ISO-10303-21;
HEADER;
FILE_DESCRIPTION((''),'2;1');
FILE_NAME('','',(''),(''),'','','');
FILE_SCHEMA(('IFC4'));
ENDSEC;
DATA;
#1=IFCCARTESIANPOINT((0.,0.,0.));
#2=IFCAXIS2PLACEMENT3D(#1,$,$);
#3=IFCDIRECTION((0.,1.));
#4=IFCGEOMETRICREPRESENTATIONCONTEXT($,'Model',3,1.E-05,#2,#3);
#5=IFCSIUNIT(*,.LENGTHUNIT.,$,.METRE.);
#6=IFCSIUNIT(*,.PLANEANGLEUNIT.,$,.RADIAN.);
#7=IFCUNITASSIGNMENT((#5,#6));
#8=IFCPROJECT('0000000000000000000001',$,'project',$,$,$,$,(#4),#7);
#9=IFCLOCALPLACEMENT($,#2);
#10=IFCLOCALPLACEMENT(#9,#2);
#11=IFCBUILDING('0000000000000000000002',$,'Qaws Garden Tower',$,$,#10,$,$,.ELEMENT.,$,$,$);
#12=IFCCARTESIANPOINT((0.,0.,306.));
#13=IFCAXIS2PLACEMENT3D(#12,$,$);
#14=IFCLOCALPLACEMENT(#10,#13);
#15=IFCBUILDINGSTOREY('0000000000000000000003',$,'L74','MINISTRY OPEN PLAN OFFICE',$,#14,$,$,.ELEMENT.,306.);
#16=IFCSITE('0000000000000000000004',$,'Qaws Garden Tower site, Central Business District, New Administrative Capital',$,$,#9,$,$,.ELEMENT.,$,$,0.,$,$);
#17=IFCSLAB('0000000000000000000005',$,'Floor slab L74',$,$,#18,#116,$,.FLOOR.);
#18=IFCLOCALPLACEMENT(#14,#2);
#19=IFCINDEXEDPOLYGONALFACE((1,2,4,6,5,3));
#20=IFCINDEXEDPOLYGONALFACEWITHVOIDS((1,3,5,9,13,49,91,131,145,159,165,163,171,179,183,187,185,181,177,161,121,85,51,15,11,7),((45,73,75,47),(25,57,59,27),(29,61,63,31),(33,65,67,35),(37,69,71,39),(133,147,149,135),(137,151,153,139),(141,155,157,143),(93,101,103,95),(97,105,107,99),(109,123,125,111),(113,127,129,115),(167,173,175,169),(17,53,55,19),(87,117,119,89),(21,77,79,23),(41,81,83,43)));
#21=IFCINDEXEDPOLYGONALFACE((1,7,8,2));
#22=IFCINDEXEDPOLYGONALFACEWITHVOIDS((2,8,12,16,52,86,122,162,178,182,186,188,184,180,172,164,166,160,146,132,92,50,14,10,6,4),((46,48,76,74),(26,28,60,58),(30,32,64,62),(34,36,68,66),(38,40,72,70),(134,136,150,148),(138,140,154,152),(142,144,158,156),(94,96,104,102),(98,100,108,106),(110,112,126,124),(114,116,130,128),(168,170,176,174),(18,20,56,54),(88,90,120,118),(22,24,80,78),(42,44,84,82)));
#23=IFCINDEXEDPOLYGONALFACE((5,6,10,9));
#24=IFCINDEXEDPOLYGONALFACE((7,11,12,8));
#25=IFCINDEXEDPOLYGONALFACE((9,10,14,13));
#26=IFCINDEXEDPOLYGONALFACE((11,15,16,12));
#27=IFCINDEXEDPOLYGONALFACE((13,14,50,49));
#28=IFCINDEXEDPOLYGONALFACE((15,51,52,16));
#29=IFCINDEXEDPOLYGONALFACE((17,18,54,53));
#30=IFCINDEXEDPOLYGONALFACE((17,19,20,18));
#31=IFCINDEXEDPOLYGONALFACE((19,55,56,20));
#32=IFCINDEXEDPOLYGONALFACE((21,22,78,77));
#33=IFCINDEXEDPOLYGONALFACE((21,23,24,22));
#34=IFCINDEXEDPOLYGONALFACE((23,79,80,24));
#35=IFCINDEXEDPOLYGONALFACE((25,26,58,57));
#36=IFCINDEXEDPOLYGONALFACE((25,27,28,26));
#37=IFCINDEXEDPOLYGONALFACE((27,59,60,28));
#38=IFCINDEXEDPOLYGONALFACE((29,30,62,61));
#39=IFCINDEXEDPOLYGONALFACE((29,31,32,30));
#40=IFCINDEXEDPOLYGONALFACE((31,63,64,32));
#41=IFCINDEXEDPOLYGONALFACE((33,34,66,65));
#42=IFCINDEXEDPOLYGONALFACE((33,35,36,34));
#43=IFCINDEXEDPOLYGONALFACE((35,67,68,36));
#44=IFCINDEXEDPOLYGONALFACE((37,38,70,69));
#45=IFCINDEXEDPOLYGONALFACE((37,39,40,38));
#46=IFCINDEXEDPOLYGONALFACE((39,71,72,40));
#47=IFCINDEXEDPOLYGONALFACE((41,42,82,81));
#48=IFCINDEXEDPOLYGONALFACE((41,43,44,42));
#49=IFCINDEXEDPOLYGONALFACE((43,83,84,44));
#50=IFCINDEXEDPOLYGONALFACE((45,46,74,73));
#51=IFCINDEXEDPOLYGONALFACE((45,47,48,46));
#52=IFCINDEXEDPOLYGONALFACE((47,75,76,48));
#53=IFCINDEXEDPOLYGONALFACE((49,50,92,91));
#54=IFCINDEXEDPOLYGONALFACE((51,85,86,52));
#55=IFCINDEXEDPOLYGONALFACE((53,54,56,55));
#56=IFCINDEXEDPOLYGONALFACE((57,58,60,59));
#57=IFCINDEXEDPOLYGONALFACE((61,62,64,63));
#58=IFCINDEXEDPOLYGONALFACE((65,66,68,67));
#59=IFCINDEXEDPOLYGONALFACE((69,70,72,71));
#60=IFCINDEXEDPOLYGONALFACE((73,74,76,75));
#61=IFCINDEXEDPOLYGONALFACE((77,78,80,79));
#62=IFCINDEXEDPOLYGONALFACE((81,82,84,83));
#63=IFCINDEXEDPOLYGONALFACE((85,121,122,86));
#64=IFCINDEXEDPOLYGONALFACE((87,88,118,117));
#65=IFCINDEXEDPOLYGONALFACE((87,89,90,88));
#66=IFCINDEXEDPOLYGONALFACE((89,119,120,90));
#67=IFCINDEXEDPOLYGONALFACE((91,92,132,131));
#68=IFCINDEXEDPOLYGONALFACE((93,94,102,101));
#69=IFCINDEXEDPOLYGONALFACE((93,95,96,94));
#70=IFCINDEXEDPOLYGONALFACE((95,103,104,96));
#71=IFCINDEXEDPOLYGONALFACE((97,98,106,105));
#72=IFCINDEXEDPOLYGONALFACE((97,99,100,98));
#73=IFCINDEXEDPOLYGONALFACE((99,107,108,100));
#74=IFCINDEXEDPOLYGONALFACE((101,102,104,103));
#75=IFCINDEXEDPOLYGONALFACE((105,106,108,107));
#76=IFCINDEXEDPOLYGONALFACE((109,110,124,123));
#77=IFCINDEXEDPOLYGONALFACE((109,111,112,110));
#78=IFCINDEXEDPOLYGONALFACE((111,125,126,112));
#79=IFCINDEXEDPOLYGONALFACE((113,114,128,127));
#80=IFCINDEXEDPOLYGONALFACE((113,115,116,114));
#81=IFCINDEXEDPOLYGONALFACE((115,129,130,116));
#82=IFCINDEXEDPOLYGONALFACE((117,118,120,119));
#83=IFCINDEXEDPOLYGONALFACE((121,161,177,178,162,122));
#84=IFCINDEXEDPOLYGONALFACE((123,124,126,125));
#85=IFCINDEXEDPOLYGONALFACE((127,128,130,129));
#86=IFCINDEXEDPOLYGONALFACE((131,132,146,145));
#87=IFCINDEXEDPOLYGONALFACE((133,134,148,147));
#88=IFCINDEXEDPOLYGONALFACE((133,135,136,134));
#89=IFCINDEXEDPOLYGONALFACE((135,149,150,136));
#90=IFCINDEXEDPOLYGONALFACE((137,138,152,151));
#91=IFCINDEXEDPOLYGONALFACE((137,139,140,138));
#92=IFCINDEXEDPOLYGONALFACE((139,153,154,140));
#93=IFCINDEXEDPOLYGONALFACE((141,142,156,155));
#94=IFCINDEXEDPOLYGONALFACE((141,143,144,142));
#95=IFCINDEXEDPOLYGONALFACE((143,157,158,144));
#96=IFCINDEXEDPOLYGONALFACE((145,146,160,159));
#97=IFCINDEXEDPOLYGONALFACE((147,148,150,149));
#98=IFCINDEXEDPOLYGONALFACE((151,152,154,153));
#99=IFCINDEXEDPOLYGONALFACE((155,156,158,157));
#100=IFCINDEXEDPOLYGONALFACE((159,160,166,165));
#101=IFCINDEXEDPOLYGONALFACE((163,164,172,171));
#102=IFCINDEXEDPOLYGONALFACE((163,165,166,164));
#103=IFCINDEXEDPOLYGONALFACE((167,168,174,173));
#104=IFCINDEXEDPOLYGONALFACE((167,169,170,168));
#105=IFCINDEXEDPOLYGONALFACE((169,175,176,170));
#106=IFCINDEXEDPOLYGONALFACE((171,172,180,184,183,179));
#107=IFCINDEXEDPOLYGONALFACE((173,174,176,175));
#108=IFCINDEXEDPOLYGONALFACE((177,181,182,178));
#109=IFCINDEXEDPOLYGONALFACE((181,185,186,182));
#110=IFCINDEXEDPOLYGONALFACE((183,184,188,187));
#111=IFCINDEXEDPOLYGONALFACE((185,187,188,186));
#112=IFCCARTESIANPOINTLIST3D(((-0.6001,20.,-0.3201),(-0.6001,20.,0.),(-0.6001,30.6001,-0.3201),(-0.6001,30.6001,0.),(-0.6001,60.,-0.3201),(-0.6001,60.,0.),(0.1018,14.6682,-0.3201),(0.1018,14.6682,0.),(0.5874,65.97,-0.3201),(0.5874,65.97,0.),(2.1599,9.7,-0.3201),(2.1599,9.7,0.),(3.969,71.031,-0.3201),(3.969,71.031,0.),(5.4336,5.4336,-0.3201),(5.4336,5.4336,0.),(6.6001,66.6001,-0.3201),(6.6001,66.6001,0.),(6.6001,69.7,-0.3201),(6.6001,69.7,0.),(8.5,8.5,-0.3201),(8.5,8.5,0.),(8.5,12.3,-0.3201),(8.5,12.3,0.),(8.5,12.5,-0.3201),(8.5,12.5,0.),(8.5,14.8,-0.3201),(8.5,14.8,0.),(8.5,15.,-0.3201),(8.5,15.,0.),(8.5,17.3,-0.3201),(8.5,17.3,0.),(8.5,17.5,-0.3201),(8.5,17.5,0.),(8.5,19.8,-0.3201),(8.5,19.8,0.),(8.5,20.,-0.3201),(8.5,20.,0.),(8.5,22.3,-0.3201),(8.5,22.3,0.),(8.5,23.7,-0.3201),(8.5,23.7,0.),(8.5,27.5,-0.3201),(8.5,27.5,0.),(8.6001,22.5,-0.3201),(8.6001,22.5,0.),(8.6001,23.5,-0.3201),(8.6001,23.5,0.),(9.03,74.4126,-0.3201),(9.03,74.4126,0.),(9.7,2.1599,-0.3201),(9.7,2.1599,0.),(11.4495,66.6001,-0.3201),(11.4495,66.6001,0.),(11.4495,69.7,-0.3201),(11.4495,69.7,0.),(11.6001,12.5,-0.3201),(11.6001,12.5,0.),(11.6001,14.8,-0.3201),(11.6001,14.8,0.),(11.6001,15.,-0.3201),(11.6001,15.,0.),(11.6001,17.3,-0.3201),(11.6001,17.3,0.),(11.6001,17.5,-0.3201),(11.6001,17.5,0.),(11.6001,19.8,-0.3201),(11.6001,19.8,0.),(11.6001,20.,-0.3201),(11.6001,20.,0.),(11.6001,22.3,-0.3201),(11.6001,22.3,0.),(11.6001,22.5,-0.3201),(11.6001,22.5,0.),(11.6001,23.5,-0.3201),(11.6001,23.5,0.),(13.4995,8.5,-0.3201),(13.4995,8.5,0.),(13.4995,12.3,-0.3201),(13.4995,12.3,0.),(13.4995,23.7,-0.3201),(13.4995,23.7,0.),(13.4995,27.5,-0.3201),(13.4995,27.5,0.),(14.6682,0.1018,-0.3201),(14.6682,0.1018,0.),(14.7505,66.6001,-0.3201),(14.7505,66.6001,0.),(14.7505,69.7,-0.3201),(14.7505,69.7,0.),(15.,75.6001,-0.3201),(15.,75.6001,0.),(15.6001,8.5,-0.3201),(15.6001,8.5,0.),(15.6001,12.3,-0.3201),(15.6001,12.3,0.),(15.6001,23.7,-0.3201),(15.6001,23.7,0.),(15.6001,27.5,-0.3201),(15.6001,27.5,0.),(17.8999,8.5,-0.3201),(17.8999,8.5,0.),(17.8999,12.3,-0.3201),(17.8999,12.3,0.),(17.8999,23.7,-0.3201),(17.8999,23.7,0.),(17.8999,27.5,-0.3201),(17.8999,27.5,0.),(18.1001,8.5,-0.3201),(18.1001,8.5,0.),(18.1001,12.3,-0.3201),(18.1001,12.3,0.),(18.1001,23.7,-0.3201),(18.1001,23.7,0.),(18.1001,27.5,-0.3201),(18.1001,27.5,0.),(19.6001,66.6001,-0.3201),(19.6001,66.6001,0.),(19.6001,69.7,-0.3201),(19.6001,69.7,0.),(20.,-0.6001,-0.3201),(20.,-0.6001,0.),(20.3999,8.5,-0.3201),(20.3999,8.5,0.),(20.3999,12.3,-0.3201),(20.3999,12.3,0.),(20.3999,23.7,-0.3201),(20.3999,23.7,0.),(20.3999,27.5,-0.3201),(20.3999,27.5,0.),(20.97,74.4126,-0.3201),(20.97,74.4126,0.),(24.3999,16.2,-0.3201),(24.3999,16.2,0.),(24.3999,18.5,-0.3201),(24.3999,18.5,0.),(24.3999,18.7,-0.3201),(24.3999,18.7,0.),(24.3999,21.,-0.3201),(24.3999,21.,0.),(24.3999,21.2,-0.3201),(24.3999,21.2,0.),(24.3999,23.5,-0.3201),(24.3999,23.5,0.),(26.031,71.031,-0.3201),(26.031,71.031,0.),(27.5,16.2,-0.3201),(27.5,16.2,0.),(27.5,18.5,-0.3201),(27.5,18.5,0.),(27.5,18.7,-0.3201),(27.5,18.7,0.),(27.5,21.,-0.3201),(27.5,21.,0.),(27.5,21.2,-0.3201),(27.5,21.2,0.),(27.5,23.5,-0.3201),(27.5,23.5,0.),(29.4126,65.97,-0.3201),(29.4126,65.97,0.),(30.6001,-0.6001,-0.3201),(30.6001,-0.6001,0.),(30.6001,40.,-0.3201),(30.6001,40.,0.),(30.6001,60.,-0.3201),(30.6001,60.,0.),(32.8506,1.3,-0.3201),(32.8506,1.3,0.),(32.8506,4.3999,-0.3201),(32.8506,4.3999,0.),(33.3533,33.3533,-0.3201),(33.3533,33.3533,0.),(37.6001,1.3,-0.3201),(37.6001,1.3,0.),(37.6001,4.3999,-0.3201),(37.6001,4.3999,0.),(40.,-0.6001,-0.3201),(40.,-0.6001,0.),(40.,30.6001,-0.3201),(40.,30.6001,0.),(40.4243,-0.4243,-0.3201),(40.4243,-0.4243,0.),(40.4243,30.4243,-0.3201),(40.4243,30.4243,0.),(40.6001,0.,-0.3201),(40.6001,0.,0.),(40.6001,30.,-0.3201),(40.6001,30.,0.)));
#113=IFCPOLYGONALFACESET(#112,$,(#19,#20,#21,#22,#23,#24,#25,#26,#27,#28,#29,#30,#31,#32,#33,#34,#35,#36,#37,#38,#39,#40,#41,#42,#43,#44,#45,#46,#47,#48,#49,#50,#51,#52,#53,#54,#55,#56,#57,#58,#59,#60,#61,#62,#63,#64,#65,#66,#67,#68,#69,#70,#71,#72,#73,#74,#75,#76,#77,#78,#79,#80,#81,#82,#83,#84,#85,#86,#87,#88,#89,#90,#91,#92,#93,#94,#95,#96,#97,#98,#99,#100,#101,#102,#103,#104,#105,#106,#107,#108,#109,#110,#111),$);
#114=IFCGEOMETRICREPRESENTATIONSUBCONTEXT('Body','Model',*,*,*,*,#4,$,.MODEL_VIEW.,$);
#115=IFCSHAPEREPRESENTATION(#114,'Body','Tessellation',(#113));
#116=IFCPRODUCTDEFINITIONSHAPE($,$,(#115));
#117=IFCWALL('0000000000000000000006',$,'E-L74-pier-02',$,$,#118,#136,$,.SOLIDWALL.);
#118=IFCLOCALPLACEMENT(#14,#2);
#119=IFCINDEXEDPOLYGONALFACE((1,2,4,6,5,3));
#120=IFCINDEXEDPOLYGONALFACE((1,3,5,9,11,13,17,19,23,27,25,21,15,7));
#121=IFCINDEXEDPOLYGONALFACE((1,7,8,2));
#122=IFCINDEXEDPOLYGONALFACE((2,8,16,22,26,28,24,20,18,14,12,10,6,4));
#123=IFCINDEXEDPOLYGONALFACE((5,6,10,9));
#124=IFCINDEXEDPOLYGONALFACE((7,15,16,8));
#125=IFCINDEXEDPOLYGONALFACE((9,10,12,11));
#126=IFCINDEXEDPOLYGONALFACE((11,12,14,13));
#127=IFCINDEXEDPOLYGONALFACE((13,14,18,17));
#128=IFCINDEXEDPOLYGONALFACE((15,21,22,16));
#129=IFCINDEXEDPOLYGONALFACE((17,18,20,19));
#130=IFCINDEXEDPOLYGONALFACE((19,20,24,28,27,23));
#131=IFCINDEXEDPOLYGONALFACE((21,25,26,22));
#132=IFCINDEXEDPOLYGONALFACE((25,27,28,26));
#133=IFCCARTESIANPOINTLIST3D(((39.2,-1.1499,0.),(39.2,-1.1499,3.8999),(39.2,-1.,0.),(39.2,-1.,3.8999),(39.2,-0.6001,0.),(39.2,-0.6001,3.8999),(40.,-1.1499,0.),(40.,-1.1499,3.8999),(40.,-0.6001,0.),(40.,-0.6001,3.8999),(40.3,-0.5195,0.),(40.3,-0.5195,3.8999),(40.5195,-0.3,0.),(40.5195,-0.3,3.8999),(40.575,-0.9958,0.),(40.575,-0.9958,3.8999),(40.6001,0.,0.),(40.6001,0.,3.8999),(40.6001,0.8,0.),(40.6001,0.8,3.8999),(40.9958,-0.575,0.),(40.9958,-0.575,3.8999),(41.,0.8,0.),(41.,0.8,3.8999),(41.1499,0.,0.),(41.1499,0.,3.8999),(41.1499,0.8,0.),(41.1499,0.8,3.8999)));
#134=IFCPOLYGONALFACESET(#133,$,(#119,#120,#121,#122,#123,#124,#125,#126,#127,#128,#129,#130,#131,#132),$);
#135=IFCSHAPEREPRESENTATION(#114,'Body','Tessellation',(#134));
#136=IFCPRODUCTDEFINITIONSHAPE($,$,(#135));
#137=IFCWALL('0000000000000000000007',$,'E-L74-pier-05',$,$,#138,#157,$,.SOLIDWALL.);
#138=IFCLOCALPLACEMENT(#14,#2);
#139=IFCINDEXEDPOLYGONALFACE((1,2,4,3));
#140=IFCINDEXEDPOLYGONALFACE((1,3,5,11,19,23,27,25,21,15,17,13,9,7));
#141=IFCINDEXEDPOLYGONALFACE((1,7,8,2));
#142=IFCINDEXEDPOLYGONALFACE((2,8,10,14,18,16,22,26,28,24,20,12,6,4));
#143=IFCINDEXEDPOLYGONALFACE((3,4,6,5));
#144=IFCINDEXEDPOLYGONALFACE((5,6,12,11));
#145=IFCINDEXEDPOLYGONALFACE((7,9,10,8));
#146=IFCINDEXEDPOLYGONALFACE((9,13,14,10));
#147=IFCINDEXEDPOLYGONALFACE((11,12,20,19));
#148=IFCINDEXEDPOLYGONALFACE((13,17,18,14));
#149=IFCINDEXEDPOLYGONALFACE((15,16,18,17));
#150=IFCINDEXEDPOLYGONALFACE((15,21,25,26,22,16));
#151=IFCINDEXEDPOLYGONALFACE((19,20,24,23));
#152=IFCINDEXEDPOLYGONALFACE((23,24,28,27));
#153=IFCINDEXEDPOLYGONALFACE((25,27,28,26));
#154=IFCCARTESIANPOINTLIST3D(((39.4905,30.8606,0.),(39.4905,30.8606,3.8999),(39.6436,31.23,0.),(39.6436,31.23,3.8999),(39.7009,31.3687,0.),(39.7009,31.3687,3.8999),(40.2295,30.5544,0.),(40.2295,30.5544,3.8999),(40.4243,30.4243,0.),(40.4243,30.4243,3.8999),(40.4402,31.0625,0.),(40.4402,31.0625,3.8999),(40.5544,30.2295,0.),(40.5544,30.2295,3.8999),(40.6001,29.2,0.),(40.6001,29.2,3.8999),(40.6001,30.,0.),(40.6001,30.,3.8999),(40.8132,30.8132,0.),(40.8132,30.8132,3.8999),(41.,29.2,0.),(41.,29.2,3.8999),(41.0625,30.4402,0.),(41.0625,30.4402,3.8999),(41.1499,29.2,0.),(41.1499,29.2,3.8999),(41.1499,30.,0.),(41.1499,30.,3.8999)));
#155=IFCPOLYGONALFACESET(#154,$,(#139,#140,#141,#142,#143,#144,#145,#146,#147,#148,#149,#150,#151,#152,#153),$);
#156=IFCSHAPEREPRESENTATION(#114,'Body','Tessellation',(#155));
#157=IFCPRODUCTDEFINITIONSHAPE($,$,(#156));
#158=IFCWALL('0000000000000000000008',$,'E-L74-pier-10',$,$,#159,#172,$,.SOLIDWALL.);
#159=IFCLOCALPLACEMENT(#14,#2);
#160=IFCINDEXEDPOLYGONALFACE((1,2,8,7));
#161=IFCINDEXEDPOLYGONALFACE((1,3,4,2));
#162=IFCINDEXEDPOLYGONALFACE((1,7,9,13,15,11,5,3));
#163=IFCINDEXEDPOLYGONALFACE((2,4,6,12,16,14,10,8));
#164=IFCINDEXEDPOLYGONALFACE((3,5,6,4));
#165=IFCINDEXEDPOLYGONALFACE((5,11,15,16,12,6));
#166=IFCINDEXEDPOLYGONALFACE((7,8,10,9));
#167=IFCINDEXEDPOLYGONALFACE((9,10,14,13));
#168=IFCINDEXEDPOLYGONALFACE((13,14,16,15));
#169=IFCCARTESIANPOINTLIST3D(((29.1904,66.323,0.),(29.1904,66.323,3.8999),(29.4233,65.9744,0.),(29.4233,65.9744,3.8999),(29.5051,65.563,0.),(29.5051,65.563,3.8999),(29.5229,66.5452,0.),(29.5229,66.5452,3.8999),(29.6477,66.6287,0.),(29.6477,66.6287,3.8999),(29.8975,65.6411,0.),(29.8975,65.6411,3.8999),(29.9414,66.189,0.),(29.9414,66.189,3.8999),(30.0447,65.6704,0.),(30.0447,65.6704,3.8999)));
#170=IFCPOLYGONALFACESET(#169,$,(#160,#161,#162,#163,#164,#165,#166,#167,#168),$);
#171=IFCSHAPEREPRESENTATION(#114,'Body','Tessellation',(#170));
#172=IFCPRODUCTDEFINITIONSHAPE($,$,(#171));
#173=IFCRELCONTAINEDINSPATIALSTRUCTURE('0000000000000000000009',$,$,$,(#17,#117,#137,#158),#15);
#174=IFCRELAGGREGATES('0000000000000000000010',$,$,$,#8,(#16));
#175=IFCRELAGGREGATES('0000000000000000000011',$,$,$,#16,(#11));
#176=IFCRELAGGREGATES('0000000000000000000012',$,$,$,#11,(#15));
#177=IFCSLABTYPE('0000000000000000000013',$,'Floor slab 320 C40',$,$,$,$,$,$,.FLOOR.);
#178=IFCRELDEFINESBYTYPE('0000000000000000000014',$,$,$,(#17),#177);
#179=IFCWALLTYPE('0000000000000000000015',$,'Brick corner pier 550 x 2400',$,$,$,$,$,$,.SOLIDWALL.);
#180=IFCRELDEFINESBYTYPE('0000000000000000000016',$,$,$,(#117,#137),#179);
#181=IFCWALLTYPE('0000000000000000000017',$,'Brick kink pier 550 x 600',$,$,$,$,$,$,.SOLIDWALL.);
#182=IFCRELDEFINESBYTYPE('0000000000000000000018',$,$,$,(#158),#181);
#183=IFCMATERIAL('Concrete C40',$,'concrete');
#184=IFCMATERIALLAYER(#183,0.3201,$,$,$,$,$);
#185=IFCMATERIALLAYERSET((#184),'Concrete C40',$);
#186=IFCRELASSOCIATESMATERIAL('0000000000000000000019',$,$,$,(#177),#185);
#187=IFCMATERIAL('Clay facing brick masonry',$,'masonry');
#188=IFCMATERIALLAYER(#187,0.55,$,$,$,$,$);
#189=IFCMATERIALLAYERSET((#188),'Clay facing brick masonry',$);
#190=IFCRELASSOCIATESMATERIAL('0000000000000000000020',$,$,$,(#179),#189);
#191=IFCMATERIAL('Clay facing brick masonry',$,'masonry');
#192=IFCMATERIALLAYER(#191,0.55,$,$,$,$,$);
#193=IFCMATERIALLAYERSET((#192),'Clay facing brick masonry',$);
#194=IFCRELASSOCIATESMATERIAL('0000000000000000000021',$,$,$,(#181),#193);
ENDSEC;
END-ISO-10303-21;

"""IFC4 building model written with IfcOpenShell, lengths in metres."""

from ifc_helpers import new_model, si_unit, direction, frame, origin, place, context, subcontext, project, spatial, polyline, outline, extrude, material, layer, layer_set, type_object, element, save


model = new_model("IFC4")

# Units and contexts
model_context = context("Model", 3, precision=1e-05, world=origin(), true_north=direction((0.0, 1.0)))
body_context = subcontext(model_context, "Body", "Model", "MODEL_VIEW")
ifc_project = project(units=[si_unit("LENGTHUNIT", "METRE"), si_unit("PLANEANGLEUNIT", "RADIAN")], contexts=[model_context])

# Site, building, storey
site_placement = place(None, origin())
site = spatial("IfcSite", under=ifc_project, at=site_placement, Name="Qaws Garden Tower site, Central Business District, New Administrative Capital", CompositionType="ELEMENT", RefElevation=0.0)
building_placement = place(site_placement, origin())
building = spatial("IfcBuilding", under=site, at=building_placement, Name="Qaws Garden Tower", CompositionType="ELEMENT")
storey_placement = place(building_placement, frame((0.0, 0.0, 306.0)))
storey = spatial("IfcBuildingStorey", under=building, at=storey_placement, Name="L74", Description="MINISTRY OPEN PLAN OFFICE", CompositionType="ELEMENT", Elevation=306.0)

# Slab
ifc_material_1 = material(Name="Concrete C40", Category="concrete")
ifc_layer_1 = layer(ifc_material_1, 0.3201)
ifc_layer_set_1 = layer_set([ifc_layer_1], Name="Concrete C40")
slab_type = type_object("IfcSlabType", Name="Floor slab 320 C40", PredefinedType="FLOOR", material=ifc_layer_set_1)
slab_placement = place(storey_placement, frame((0.0, 0.0, -0.3201)))
element("IfcSlab", 1, at=slab_placement, inside=storey, type_object=slab_type, Name="Floor slab L74", PredefinedType="FLOOR", context=body_context, shape_type="SweptSolid", body=[
    extrude(outline(polyline([(0.1018, 14.6682), (-0.6001, 20.0), (-0.6001, 30.6001), (-0.6001, 60.0), (-0.6001, 60.0), (0.5874, 65.97), (3.969, 71.031), (9.03, 74.4126), (15.0, 75.6001), (20.97, 74.4126), (26.031, 71.031), (29.4126, 65.97), (30.6001, 60.0), (30.6001, 40.0), (33.3533, 33.3533), (40.0, 30.6001), (40.4243, 30.4243), (40.6001, 30.0), (40.6001, 0.0), (40.4243, -0.4243), (40.0, -0.6001), (30.6001, -0.6001), (20.0, -0.6001), (14.6682, 0.1018), (9.7, 2.1599), (5.4336, 5.4336), (2.1599, 9.7), (0.1018, 14.6682)]), holes=[polyline([(13.4995, 12.3), (8.5, 12.3), (8.5, 8.5), (13.4995, 8.5), (13.4995, 12.3)]), polyline([(17.8999, 12.3), (15.6001, 12.3), (15.6001, 8.5), (17.8999, 8.5), (17.8999, 12.3)]), polyline([(11.6001, 14.8), (8.5, 14.8), (8.5, 12.5), (11.6001, 12.5), (11.6001, 14.8)]), polyline([(11.6001, 17.3), (8.5, 17.3), (8.5, 15.0), (11.6001, 15.0), (11.6001, 17.3)]), polyline([(11.6001, 19.8), (8.5, 19.8), (8.5, 17.5), (11.6001, 17.5), (11.6001, 19.8)]), polyline([(11.6001, 22.3), (8.5, 22.3), (8.5, 20.0), (11.6001, 20.0), (11.6001, 22.3)]), polyline([(11.6001, 23.5), (8.6001, 23.5), (8.6001, 22.5), (11.6001, 22.5), (11.6001, 23.5)]), polyline([(13.4995, 27.5), (8.5, 27.5), (8.5, 23.7), (13.4995, 23.7), (13.4995, 27.5)]), polyline([(11.4495, 69.7), (6.6001, 69.7), (6.6001, 66.6001), (11.4495, 66.6001), (11.4495, 69.7)]), polyline([(37.6001, 4.3999), (32.8506, 4.3999), (32.8506, 1.3), (37.6001, 1.3), (37.6001, 4.3999)]), polyline([(20.3999, 12.3), (18.1001, 12.3), (18.1001, 8.5), (20.3999, 8.5), (20.3999, 12.3)]), polyline([(27.5, 18.5), (24.3999, 18.5), (24.3999, 16.2), (27.5, 16.2), (27.5, 18.5)]), polyline([(27.5, 21.0), (24.3999, 21.0), (24.3999, 18.7), (27.5, 18.7), (27.5, 21.0)]), polyline([(27.5, 23.5), (24.3999, 23.5), (24.3999, 21.2), (27.5, 21.2), (27.5, 23.5)]), polyline([(17.8999, 27.5), (15.6001, 27.5), (15.6001, 23.7), (17.8999, 23.7), (17.8999, 27.5)]), polyline([(20.3999, 23.7), (20.3999, 27.5), (18.1001, 27.5), (18.1001, 23.7), (20.3999, 23.7)]), polyline([(19.6001, 66.6001), (19.6001, 69.7), (14.7505, 69.7), (14.7505, 66.6001), (19.6001, 66.6001)])]), origin(), (0.0, 0.0, 1.0), 0.3201),
])

# Walls
ifc_material_2 = material(Name="Clay facing brick masonry", Category="masonry")
ifc_layer_2 = layer(ifc_material_2, 0.55)
ifc_layer_set_2 = layer_set([ifc_layer_2], Name="Clay facing brick masonry")
wall_type_1 = type_object("IfcWallType", Name="Brick corner pier 550 x 2400", PredefinedType="SOLIDWALL", material=ifc_layer_set_2)
placement = place(storey_placement, origin())
element("IfcWall", 2, at=placement, inside=storey, type_object=wall_type_1, Name="E-L74-pier-02", PredefinedType="SOLIDWALL", context=body_context, shape_type="SweptSolid", body=[
    extrude(outline(polyline([(39.2, -1.0), (39.2, -1.1499), (40.0, -1.1499), (40.575, -0.9958), (40.9958, -0.575), (41.1499, 0.0), (41.1499, 0.8), (41.0, 0.8), (40.6001, 0.8), (40.6001, 0.0), (40.5195, -0.3), (40.3, -0.5195), (40.0, -0.6001), (39.2, -0.6001), (39.2, -1.0)])), origin(), (0.0, 0.0, 1.0), 3.8999),
])
element("IfcWall", 3, at=placement, inside=storey, type_object=wall_type_1, Name="E-L74-pier-05", PredefinedType="SOLIDWALL", context=body_context, shape_type="SweptSolid", body=[
    extrude(outline(polyline([(41.0, 29.2), (41.1499, 29.2), (41.1499, 30.0), (41.0625, 30.4402), (40.8132, 30.8132), (40.4402, 31.0625), (39.7009, 31.3687), (39.6436, 31.23), (39.4905, 30.8606), (40.2295, 30.5544), (40.4243, 30.4243), (40.5544, 30.2295), (40.6001, 30.0), (40.6001, 29.2), (41.0, 29.2)])), origin(), (0.0, 0.0, 1.0), 3.8999),
])
ifc_material_3 = material(Name="Clay facing brick masonry", Category="masonry")
ifc_layer_3 = layer(ifc_material_3, 0.55)
ifc_layer_set_3 = layer_set([ifc_layer_3], Name="Clay facing brick masonry")
wall_type_2 = type_object("IfcWallType", Name="Brick kink pier 550 x 600", PredefinedType="SOLIDWALL", material=ifc_layer_set_3)
element("IfcWall", 4, at=placement, inside=storey, type_object=wall_type_2, Name="E-L74-pier-10", PredefinedType="SOLIDWALL", context=body_context, shape_type="SweptSolid", body=[
    extrude(outline(polyline([(29.8975, 65.6411), (30.0447, 65.6704), (29.9414, 66.189), (29.6477, 66.6287), (29.5229, 66.5452), (29.1904, 66.323), (29.4233, 65.9744), (29.5051, 65.563), (29.8975, 65.6411)])), origin(), (0.0, 0.0, 1.0), 3.8999),
])

save(model, "model.ifc")
